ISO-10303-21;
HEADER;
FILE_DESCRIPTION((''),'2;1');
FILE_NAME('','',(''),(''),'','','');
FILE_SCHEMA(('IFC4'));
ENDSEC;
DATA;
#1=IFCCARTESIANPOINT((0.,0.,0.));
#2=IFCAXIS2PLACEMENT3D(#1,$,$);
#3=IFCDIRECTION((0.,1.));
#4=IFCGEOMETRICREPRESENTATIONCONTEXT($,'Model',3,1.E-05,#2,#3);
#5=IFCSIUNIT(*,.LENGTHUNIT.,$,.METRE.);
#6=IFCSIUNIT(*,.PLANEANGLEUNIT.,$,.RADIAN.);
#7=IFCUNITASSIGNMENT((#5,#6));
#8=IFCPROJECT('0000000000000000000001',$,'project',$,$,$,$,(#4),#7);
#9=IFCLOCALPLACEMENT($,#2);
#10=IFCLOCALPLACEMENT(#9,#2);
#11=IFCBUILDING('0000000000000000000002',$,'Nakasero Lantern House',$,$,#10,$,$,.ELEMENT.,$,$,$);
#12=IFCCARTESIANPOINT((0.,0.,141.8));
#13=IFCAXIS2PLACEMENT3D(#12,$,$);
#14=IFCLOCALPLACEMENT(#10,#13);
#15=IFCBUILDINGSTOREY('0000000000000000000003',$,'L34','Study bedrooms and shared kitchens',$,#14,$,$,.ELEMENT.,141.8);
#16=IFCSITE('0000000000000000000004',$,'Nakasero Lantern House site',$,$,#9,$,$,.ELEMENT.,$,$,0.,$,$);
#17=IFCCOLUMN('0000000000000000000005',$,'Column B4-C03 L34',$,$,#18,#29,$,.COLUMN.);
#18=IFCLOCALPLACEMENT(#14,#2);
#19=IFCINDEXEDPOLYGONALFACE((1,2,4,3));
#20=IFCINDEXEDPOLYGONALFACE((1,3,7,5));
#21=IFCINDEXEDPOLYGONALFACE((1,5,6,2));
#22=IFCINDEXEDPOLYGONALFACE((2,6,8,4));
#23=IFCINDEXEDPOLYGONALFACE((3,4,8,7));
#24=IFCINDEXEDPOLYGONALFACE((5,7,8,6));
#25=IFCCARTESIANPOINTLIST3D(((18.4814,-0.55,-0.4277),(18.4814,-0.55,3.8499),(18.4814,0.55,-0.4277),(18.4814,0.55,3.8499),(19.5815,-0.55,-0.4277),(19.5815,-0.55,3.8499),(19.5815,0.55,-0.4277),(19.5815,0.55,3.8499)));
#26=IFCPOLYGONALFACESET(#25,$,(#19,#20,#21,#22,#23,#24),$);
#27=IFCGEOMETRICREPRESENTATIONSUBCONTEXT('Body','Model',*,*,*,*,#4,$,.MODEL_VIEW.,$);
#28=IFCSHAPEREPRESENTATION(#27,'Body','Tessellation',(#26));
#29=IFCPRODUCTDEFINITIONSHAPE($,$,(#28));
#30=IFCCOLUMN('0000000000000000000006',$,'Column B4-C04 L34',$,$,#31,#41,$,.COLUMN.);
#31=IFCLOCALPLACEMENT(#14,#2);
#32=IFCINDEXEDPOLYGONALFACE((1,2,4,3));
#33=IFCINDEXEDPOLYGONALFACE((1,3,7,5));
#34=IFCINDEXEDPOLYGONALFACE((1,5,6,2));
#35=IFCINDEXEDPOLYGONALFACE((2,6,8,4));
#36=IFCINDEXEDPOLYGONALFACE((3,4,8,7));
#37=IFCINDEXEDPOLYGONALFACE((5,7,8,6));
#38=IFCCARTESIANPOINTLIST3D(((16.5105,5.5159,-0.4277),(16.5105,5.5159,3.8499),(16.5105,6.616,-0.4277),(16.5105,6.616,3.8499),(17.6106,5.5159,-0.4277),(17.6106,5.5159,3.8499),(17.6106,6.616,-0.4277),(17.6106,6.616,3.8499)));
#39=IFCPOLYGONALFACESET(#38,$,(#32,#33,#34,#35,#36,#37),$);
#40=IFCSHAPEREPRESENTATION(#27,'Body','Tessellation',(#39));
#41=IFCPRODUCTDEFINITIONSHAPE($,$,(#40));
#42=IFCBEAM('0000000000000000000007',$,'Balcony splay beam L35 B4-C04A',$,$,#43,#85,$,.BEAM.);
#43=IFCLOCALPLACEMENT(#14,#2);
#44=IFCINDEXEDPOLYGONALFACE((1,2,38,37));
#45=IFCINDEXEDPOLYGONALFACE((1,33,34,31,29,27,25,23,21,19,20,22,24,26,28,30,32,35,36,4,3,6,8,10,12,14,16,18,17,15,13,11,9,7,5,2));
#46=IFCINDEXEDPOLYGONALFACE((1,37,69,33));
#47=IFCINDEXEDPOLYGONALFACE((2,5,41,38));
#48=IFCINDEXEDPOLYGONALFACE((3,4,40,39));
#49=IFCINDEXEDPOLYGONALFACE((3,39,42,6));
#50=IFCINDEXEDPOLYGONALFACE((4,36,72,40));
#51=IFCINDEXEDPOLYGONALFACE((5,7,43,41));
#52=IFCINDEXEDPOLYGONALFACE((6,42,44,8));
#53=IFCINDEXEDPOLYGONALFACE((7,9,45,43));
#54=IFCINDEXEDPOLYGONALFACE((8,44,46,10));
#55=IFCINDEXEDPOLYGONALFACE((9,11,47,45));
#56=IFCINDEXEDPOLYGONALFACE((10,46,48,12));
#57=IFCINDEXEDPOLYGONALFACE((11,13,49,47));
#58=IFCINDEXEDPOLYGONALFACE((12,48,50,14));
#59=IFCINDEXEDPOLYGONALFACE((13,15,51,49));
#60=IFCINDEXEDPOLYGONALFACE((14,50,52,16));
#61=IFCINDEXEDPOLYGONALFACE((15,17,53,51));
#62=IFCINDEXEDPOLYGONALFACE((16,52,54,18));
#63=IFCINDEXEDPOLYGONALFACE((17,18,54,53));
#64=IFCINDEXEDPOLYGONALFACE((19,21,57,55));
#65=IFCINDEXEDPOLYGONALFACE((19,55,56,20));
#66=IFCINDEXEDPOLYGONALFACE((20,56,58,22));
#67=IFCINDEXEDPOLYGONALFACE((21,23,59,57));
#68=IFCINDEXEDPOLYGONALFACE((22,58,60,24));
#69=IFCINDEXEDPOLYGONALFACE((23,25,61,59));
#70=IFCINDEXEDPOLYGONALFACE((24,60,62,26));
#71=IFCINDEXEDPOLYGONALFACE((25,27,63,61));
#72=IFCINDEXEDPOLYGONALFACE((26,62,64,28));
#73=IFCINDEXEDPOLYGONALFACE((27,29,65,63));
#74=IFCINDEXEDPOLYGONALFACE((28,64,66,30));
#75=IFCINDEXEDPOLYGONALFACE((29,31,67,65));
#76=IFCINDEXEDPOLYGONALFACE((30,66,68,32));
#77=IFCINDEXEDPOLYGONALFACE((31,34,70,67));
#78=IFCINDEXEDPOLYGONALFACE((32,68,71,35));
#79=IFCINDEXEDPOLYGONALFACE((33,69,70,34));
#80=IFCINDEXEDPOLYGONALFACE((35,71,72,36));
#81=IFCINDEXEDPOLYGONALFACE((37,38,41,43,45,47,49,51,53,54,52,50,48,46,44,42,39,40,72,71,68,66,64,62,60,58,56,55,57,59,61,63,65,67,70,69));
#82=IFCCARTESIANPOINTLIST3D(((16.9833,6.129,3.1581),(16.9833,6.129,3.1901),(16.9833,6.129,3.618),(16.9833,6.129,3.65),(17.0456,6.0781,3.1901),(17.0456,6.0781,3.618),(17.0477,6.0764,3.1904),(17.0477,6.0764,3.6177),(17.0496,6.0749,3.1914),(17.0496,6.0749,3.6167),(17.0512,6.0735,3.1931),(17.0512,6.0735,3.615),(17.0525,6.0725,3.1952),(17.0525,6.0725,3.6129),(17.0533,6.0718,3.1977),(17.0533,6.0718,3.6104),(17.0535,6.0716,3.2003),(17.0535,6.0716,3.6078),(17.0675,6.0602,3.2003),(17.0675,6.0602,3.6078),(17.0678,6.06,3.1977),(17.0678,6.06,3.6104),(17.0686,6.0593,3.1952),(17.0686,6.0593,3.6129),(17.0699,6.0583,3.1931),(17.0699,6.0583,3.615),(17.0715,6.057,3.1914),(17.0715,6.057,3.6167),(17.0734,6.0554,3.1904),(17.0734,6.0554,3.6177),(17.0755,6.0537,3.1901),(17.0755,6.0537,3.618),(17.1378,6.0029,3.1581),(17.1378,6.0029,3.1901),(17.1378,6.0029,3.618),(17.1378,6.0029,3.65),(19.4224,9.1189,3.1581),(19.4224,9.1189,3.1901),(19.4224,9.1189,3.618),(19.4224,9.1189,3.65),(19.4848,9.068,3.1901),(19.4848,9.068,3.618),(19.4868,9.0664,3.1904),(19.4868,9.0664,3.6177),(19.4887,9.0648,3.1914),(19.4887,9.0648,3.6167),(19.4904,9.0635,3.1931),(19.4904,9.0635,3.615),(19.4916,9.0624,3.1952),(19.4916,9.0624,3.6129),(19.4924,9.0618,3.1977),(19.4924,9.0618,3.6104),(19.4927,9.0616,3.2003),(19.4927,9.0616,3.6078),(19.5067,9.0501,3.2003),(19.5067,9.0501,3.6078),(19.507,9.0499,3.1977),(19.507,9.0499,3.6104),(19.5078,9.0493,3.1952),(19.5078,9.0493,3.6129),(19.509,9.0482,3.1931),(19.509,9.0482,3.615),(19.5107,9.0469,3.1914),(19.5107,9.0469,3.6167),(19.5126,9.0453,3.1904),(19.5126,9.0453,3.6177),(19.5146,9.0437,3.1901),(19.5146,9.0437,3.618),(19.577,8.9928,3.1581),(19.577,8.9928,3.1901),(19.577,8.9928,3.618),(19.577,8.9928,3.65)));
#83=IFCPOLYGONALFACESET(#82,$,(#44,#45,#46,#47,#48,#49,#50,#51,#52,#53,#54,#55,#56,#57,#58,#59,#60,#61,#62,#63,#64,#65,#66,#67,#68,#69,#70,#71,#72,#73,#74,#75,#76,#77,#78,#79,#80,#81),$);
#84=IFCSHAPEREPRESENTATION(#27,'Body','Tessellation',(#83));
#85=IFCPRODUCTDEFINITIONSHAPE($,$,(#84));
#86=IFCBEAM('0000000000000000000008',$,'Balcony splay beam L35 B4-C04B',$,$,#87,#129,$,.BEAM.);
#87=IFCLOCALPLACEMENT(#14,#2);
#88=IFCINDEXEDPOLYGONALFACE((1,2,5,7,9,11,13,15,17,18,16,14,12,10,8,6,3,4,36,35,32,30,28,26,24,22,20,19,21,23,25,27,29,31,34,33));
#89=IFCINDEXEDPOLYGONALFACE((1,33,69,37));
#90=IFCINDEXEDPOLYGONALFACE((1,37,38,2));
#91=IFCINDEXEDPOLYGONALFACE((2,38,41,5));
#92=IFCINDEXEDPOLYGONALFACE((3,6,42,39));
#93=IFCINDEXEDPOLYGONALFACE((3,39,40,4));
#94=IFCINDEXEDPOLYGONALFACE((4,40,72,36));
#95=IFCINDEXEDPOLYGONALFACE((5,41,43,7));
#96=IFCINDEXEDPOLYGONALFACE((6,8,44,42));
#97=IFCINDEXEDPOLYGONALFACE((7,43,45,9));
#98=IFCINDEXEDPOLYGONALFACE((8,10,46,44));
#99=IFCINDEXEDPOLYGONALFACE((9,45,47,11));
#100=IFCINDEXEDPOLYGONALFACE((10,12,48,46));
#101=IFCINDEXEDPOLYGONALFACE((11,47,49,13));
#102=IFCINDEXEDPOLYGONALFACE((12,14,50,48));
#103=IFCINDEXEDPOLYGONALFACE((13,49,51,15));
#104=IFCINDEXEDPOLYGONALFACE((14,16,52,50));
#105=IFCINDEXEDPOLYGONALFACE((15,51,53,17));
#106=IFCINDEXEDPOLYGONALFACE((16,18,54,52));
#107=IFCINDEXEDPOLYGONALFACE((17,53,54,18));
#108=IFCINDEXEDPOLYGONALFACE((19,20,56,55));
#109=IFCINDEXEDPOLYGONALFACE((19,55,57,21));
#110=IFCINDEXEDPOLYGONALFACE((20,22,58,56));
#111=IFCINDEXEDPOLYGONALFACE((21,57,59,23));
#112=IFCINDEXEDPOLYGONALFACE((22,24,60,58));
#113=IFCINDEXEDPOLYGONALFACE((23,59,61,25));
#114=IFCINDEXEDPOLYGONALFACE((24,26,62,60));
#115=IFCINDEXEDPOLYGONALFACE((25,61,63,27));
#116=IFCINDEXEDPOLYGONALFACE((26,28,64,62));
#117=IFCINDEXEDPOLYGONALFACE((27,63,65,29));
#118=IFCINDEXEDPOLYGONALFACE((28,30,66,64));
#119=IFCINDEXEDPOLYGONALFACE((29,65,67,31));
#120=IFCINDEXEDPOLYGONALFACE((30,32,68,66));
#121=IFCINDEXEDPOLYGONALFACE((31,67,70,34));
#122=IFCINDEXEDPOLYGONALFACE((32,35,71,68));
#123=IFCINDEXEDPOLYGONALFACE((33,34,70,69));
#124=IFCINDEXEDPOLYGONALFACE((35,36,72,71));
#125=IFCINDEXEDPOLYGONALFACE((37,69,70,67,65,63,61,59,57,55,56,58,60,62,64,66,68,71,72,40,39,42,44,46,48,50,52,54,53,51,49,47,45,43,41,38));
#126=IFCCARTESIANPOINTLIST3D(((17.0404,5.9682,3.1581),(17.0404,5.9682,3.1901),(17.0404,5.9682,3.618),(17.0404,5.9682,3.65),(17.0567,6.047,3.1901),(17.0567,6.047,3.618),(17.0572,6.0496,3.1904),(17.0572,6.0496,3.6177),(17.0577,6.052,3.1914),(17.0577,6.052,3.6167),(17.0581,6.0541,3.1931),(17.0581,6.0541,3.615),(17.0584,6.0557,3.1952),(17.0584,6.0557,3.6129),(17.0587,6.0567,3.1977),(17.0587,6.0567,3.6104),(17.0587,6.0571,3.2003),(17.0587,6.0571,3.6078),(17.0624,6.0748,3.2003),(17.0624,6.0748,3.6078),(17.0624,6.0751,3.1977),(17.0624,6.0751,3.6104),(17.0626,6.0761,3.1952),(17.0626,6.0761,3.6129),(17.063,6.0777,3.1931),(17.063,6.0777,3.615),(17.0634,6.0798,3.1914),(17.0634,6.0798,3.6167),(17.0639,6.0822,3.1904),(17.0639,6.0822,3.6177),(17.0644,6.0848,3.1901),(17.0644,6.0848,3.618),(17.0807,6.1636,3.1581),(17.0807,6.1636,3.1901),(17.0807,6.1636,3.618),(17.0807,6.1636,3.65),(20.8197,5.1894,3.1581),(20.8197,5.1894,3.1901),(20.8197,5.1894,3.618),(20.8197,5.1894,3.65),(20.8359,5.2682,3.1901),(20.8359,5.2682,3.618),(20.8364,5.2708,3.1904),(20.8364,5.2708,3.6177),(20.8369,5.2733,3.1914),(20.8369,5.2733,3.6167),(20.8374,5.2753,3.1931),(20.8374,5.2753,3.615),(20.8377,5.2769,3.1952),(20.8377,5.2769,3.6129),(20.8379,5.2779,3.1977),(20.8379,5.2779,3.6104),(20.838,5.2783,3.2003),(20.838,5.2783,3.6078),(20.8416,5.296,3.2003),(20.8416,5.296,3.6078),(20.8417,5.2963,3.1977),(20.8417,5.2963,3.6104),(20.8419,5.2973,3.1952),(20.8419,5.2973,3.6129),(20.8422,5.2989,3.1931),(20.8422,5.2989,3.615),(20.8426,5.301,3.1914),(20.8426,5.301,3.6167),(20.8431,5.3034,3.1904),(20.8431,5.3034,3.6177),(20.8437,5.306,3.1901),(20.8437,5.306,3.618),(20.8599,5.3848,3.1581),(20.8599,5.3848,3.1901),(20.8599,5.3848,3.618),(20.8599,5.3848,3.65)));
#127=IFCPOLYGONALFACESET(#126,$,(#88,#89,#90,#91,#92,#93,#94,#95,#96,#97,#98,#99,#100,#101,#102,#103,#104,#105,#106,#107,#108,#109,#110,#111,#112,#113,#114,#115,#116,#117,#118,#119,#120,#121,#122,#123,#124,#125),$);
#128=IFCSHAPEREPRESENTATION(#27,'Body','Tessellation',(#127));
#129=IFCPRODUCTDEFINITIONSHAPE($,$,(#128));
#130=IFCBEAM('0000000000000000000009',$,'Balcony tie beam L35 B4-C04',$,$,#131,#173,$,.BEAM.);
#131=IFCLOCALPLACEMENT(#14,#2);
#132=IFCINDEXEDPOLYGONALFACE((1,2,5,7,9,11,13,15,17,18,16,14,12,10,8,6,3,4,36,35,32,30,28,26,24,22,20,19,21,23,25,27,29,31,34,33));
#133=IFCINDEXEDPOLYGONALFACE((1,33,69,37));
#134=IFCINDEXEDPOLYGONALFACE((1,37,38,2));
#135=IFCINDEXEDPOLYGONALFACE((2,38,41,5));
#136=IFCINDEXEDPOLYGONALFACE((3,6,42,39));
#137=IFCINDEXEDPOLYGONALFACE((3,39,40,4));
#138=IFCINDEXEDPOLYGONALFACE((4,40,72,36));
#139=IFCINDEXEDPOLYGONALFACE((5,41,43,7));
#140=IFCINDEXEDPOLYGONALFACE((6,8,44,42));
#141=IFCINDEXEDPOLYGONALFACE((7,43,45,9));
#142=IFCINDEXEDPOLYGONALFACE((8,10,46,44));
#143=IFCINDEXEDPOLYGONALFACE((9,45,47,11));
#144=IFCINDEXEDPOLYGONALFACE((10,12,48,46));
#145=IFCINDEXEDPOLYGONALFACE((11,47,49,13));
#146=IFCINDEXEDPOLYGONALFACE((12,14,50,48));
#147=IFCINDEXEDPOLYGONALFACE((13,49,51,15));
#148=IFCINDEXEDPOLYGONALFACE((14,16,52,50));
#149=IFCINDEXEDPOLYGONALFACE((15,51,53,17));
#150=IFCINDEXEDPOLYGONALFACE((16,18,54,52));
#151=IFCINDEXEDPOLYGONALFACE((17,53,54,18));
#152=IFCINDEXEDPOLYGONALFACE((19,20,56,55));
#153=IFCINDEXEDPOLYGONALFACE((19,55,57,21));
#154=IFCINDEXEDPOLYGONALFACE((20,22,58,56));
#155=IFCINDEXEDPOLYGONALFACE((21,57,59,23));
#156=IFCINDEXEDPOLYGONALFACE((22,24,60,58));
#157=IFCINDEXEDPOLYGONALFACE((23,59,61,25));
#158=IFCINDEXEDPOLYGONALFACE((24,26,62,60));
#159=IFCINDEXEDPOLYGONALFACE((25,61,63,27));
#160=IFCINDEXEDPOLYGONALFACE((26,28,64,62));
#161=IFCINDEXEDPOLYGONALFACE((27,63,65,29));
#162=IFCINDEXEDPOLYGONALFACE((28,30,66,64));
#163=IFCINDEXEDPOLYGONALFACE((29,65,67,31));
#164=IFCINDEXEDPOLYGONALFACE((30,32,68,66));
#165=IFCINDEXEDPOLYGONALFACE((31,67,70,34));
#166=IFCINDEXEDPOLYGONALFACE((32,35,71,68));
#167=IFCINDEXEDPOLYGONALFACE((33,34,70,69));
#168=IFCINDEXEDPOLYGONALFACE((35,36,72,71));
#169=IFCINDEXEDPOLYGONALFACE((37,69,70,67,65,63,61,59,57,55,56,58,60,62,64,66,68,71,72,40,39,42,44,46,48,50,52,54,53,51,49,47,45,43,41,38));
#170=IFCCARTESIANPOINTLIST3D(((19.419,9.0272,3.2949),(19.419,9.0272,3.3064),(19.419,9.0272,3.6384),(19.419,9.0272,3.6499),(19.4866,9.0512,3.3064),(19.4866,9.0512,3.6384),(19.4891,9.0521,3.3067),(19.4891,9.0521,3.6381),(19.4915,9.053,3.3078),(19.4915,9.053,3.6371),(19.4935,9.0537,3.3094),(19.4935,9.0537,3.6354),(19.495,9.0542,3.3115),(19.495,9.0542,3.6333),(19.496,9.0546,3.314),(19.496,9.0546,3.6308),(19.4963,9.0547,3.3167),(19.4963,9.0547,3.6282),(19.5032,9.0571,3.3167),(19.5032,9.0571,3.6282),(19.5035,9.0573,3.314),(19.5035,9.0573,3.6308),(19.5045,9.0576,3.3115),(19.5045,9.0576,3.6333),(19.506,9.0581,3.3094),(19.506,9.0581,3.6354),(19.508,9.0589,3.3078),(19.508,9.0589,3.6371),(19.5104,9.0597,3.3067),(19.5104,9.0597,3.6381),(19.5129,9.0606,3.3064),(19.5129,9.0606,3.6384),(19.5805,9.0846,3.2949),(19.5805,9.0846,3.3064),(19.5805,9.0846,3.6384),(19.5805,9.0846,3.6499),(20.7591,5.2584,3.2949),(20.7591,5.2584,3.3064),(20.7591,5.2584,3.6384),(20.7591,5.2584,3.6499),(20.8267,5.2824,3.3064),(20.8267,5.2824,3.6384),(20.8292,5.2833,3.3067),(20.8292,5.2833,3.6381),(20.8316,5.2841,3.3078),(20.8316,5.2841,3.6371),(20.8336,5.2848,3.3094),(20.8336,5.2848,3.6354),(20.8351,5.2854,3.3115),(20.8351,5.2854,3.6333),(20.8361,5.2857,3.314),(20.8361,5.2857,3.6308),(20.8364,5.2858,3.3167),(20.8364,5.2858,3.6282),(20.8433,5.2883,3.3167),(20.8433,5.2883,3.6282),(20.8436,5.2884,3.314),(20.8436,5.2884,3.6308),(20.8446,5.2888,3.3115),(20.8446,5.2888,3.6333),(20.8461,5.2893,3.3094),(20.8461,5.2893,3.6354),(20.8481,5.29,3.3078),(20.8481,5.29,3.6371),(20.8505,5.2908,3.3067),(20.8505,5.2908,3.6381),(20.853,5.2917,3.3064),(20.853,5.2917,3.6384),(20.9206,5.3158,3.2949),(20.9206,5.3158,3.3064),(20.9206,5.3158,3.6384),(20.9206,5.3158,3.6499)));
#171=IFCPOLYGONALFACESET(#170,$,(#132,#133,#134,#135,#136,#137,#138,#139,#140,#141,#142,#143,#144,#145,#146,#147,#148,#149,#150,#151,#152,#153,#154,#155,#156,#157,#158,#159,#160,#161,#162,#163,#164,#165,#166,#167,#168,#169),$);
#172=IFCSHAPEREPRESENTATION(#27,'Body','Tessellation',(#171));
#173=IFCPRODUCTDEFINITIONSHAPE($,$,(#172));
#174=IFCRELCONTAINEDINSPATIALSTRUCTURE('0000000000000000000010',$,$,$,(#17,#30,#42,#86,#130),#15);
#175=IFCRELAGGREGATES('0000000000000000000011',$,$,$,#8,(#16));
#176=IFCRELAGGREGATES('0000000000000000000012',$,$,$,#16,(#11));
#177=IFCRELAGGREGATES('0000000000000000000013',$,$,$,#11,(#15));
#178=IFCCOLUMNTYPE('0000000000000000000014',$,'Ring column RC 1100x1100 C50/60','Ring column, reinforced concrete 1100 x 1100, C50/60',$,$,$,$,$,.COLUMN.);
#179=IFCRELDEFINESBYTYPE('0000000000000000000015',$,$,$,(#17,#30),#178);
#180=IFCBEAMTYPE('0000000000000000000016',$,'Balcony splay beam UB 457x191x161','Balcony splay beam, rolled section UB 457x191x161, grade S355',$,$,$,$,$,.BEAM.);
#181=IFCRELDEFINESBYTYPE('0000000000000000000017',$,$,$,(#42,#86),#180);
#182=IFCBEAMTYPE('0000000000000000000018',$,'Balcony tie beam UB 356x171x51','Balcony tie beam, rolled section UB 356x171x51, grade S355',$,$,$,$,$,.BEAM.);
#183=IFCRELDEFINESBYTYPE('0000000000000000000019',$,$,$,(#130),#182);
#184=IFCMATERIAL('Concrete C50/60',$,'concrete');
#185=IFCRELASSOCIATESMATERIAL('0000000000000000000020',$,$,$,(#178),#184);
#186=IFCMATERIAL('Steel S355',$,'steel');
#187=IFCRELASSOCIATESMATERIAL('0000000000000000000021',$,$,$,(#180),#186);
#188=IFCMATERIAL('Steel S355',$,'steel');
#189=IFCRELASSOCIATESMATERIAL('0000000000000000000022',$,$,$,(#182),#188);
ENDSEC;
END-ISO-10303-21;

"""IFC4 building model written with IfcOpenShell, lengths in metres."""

from ifc_helpers import new_model, si_unit, direction, frame, origin, origin_2d, place, context, subcontext, project, spatial, rectangle, i_section, extrude, material, material_profile, profile_set, type_object, element, save


model = new_model("IFC4")

# Units and contexts
model_context = context("Model", 3, precision=1e-05, world=origin(), true_north=direction((0.0, 1.0)))
body_context = subcontext(model_context, "Body", "Model", "MODEL_VIEW")
ifc_project = project(units=[si_unit("LENGTHUNIT", "METRE"), si_unit("PLANEANGLEUNIT", "RADIAN")], contexts=[model_context])

# Site, building, storey
site_placement = place(None, origin())
site = spatial("IfcSite", under=ifc_project, at=site_placement, Name="Nakasero Lantern House site", CompositionType="ELEMENT", RefElevation=0.0)
building_placement = place(site_placement, origin())
building = spatial("IfcBuilding", under=site, at=building_placement, Name="Nakasero Lantern House", CompositionType="ELEMENT")
storey_placement = place(building_placement, frame((0.0, 0.0, 141.8)))
storey = spatial("IfcBuildingStorey", under=building, at=storey_placement, Name="L34", Description="Study bedrooms and shared kitchens", CompositionType="ELEMENT", Elevation=141.8)

# Columns
ifc_material_1 = material(Name="Concrete C50/60", Category="concrete")
ifc_material_profile_1 = material_profile(ifc_material_1, rectangle(XDim=1.1001, YDim=1.1001, at=origin_2d()), Name="RC 1100x1100")
ifc_profile_set_1 = profile_set([ifc_material_profile_1], Name="Concrete C50/60")
column_type = type_object("IfcColumnType", Name="Ring column RC 1100x1100 C50/60", Description="Ring column, reinforced concrete 1100 x 1100, C50/60", PredefinedType="COLUMN", material=ifc_profile_set_1)
for number, where, z_axis, x_axis, name in (
    (1, (19.0315, 0.0, -0.4277), (0.0, 0.0, 1.0), (1.0, 0.0, 0.0), "Column B4-C03 L34"),
    (2, (17.0605, 6.0659, -0.4277), (0.0, 0.0, 1.0), (1.0, 0.0, 0.0), "Column B4-C04 L34"),
):
    element("IfcColumn", number, at=place(storey_placement, frame(where, z_axis=z_axis, x_axis=x_axis)), inside=storey, type_object=column_type, Name=name, PredefinedType="COLUMN", context=body_context, shape_type="SweptSolid", body=[
        extrude(rectangle(XDim=1.1001, YDim=1.1001, at=origin_2d()), origin(), (0.0, 0.0, 1.0), 4.2776),
    ])

# Beams
ifc_material_2 = material(Name="Steel S355", Category="steel")
ifc_material_profile_2 = material_profile(ifc_material_2, i_section(OverallWidth=0.1995, OverallDepth=0.4919, WebThickness=0.0181, FlangeThickness=0.032, FilletRadius=0.0103, at=origin_2d()), Name="UB 457x191x161")
ifc_profile_set_2 = profile_set([ifc_material_profile_2], Name="Steel S355")
beam_type_1 = type_object("IfcBeamType", Name="Balcony splay beam UB 457x191x161", Description="Balcony splay beam, rolled section UB 457x191x161, grade S355", PredefinedType="BEAM", material=ifc_profile_set_2)
for number, where, z_axis, x_axis, name in (
    (3, (17.0605, 6.0659, 3.4041), (0.632128, 0.774864, 0.0), (-0.774864, 0.632128, 0.0), "Balcony splay beam L35 B4-C04A"),
    (4, (17.0605, 6.0659, 3.4041), (0.97942, -0.201831, 0.0), (0.201831, 0.97942, 0.0), "Balcony splay beam L35 B4-C04B"),
):
    element("IfcBeam", number, at=place(storey_placement, frame(where, z_axis=z_axis, x_axis=x_axis)), inside=storey, type_object=beam_type_1, Name=name, PredefinedType="BEAM", context=body_context, shape_type="SweptSolid", body=[
        extrude(i_section(OverallWidth=0.1995, OverallDepth=0.4919, WebThickness=0.0181, FlangeThickness=0.032, FilletRadius=0.0103, at=origin_2d()), origin(), (0.0, 0.0, 1.0), 3.8586),
    ])
ifc_material_3 = material(Name="Steel S355", Category="steel")
ifc_material_profile_3 = material_profile(ifc_material_3, i_section(OverallWidth=0.1714, OverallDepth=0.355, WebThickness=0.0073, FlangeThickness=0.0115, FilletRadius=0.0103, at=origin_2d()), Name="UB 356x171x51")
ifc_profile_set_3 = profile_set([ifc_material_profile_3], Name="Steel S355")
beam_type_2 = type_object("IfcBeamType", Name="Balcony tie beam UB 356x171x51", Description="Balcony tie beam, rolled section UB 356x171x51, grade S355", PredefinedType="BEAM", material=ifc_profile_set_3)
beam_1_placement = place(storey_placement, frame((19.4998, 9.0559, 3.4724), z_axis=(0.335025, -0.942209, 0.0), x_axis=(0.942209, 0.335025, 0.0)))
element("IfcBeam", 5, at=beam_1_placement, inside=storey, type_object=beam_type_2, Name="Balcony tie beam L35 B4-C04", PredefinedType="BEAM", context=body_context, shape_type="SweptSolid", body=[
    extrude(i_section(OverallWidth=0.1714, OverallDepth=0.355, WebThickness=0.0073, FlangeThickness=0.0115, FilletRadius=0.0103, at=origin_2d()), origin(), (0.0, 0.0, 1.0), 4.0),
])

save(model, "model.ifc")
